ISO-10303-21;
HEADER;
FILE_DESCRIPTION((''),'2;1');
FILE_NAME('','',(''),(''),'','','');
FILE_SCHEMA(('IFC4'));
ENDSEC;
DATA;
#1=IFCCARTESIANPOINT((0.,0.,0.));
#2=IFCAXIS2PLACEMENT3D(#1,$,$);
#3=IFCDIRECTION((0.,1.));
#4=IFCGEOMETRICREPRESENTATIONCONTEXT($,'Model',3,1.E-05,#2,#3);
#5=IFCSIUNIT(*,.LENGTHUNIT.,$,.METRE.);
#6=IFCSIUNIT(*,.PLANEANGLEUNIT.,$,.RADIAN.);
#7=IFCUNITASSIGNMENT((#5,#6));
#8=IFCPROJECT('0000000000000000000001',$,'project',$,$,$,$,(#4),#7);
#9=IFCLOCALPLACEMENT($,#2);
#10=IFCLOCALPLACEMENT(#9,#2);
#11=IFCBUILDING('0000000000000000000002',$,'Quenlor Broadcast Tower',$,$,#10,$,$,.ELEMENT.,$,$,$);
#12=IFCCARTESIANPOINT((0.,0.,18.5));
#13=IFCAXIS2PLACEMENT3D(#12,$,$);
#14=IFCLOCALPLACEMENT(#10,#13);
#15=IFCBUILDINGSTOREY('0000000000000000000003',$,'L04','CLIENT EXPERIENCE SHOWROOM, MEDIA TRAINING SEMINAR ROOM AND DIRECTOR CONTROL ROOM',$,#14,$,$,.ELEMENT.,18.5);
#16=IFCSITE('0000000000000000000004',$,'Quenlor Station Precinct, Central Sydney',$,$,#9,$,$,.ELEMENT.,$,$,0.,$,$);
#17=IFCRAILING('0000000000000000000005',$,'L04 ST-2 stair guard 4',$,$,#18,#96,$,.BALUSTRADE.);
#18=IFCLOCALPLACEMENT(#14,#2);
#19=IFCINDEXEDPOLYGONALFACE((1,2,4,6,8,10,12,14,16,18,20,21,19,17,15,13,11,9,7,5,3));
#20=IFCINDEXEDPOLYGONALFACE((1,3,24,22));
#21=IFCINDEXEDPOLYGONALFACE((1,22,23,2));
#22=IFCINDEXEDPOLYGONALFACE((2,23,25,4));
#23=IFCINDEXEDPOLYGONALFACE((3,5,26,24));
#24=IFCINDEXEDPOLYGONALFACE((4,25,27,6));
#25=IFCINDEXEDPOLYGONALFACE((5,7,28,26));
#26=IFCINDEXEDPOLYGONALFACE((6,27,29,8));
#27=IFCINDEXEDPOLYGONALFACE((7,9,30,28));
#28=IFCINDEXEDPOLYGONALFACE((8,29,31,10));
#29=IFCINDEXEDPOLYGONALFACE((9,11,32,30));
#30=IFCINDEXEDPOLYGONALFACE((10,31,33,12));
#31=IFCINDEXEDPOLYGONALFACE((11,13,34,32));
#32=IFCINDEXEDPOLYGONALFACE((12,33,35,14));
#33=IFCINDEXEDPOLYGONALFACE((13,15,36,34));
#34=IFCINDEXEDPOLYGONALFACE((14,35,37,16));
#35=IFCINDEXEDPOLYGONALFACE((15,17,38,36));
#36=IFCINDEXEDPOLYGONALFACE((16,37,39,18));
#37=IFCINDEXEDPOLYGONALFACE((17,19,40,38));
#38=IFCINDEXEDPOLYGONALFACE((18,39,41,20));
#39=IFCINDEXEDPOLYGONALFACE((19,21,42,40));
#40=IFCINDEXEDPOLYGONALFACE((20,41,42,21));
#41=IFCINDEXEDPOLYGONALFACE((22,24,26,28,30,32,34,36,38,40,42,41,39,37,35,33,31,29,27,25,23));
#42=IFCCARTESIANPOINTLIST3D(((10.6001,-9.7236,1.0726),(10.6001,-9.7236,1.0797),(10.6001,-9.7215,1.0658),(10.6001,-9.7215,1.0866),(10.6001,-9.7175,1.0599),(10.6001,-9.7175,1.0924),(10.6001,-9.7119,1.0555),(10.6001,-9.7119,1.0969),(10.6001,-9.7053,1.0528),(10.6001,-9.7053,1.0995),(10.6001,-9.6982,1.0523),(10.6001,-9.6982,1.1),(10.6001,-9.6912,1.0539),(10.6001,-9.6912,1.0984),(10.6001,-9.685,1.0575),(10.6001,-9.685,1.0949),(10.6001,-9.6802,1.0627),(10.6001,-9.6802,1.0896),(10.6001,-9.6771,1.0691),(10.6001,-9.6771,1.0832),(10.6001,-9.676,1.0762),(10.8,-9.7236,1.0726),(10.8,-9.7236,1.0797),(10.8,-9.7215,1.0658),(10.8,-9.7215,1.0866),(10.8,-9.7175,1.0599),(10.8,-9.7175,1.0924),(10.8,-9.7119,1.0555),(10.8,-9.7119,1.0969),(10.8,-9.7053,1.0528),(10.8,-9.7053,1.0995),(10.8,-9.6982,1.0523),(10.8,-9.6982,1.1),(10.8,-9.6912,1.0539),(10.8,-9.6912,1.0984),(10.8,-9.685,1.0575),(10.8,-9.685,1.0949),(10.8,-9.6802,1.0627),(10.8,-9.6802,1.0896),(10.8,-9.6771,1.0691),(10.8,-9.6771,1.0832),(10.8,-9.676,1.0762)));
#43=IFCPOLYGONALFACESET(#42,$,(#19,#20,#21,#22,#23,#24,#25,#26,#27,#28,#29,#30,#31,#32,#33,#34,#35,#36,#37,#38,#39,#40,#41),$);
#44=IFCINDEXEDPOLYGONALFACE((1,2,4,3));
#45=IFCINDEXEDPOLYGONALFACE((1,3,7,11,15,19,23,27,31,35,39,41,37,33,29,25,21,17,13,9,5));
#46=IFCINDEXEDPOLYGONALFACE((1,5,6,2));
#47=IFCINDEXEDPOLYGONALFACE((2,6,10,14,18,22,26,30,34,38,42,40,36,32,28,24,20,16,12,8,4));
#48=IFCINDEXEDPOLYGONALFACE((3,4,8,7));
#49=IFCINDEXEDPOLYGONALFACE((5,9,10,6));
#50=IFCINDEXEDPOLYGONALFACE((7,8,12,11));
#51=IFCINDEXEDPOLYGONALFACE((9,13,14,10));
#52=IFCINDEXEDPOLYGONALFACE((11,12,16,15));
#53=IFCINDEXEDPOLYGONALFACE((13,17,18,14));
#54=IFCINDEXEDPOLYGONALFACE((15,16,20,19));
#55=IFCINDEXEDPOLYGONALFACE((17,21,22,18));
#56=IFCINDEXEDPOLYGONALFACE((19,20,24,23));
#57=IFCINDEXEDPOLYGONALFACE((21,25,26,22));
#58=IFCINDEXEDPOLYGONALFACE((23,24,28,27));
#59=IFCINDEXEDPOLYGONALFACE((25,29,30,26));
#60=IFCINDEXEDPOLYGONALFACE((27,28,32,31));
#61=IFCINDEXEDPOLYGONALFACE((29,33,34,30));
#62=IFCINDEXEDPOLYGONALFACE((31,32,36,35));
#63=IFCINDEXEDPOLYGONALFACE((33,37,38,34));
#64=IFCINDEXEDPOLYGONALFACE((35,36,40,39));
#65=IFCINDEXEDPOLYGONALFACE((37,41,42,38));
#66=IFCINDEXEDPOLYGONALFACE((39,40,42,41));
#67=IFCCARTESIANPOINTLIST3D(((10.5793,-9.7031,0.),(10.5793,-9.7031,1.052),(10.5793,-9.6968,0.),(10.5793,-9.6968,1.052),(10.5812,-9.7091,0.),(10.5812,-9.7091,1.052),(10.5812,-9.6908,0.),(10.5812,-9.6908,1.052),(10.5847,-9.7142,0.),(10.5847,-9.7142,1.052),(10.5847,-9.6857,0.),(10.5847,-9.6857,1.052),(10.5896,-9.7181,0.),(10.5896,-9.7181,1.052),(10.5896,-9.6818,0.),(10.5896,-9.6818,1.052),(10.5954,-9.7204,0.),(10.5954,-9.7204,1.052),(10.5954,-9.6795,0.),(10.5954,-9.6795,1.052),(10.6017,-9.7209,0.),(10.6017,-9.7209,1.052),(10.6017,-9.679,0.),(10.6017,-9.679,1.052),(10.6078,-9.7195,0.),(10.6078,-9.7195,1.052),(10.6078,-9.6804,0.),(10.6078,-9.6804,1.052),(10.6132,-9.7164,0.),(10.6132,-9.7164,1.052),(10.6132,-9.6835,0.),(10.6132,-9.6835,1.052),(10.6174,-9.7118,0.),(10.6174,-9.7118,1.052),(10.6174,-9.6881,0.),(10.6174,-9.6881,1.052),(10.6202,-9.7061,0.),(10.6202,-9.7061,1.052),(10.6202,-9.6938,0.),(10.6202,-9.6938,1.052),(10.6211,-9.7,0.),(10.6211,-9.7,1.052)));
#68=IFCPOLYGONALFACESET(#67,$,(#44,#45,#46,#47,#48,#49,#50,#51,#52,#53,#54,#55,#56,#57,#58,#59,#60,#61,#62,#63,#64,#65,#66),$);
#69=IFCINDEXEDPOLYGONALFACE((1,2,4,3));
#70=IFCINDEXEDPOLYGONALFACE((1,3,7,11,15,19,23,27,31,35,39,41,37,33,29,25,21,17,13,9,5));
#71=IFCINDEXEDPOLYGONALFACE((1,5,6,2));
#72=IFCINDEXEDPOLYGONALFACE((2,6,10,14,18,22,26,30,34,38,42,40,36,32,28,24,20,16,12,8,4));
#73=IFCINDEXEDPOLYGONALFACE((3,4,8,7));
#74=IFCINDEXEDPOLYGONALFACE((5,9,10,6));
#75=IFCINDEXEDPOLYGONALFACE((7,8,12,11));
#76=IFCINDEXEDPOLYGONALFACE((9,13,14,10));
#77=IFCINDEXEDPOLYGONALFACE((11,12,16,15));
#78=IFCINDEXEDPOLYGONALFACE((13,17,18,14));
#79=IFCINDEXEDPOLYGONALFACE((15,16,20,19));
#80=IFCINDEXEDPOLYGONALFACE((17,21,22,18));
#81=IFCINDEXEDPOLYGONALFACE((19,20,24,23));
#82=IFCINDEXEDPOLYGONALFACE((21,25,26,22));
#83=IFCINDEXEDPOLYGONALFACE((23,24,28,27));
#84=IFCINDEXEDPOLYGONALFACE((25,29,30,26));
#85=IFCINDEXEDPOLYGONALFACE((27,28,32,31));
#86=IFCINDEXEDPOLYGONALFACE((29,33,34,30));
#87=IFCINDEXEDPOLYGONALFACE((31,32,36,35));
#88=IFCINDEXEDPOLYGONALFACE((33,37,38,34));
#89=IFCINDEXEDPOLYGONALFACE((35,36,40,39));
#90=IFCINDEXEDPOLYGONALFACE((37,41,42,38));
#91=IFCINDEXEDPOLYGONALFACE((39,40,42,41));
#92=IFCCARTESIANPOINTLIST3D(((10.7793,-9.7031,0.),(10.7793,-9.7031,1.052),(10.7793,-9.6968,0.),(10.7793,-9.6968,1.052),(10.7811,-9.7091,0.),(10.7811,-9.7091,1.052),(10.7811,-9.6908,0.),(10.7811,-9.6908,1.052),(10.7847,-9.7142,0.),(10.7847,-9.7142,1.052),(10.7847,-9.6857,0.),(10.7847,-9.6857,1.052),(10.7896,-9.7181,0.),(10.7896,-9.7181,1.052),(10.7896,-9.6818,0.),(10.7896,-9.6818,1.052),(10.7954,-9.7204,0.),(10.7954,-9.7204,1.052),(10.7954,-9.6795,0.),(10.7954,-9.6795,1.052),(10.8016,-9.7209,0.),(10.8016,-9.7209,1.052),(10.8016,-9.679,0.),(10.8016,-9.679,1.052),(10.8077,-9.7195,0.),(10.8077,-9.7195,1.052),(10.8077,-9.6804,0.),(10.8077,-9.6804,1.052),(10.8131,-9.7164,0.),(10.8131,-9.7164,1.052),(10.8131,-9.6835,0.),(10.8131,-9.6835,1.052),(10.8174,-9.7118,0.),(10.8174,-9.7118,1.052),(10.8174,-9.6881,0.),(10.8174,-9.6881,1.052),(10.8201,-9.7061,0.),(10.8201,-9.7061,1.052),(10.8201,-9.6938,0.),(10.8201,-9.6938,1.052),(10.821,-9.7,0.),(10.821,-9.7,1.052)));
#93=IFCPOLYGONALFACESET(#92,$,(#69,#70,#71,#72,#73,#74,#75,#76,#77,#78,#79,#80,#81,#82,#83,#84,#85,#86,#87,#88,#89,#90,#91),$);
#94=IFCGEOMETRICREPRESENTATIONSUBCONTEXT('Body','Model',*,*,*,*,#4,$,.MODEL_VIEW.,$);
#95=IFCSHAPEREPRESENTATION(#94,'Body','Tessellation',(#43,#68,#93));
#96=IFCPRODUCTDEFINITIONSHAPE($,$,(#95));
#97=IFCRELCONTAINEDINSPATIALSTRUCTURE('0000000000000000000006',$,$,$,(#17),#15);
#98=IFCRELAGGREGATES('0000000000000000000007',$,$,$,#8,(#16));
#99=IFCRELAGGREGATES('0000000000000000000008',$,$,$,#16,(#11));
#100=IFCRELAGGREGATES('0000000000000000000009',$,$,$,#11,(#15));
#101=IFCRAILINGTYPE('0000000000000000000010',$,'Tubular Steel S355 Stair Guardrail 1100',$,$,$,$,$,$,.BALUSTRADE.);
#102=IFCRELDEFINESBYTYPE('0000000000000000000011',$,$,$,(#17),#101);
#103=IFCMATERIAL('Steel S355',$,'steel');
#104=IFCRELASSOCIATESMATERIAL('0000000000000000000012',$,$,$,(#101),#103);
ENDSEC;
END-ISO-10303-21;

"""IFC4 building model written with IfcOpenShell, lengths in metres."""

from ifc_helpers import new_model, si_unit, direction, frame, origin, origin_2d, place, context, subcontext, project, spatial, circle, extrude, material, type_object, element, save


model = new_model("IFC4")

# Units and contexts
model_context = context("Model", 3, precision=1e-05, world=origin(), true_north=direction((0.0, 1.0)))
body_context = subcontext(model_context, "Body", "Model", "MODEL_VIEW")
ifc_project = project(units=[si_unit("LENGTHUNIT", "METRE"), si_unit("PLANEANGLEUNIT", "RADIAN")], contexts=[model_context])

# Site, building, storey
site_placement = place(None, origin())
site = spatial("IfcSite", under=ifc_project, at=site_placement, Name="Quenlor Station Precinct, Central Sydney", CompositionType="ELEMENT", RefElevation=0.0)
building_placement = place(site_placement, origin())
building = spatial("IfcBuilding", under=site, at=building_placement, Name="Quenlor Broadcast Tower", CompositionType="ELEMENT")
storey_placement = place(building_placement, frame((0.0, 0.0, 18.5)))
storey = spatial("IfcBuildingStorey", under=building, at=storey_placement, Name="L04", Description="CLIENT EXPERIENCE SHOWROOM, MEDIA TRAINING SEMINAR ROOM AND DIRECTOR CONTROL ROOM", CompositionType="ELEMENT", Elevation=18.5)

# Railing
ifc_material_1 = material(Name="Steel S355", Category="steel")
railing_type_1 = type_object("IfcRailingType", Name="Tubular Steel S355 Stair Guardrail 1100", PredefinedType="BALUSTRADE", material=ifc_material_1)
railing_1_placement = place(storey_placement, frame((10.6001, -9.7, 0.0)))
element("IfcRailing", 1, at=railing_1_placement, inside=storey, type_object=railing_type_1, Name="L04 ST-2 stair guard 4", PredefinedType="BALUSTRADE", context=body_context, shape_type="SweptSolid", body=[
    extrude(circle(Radius=0.0239, at=origin_2d()), frame((0.0, 0.0, 1.0762), z_axis=(1.0, 0.0, 0.0), x_axis=(0.0, 1.0, 0.0)), (0.0, 0.0, 1.0), 0.2),
    extrude(circle(Radius=0.021, at=origin_2d()), origin(), (0.0, 0.0, 1.0), 1.052),
    extrude(circle(Radius=0.021, at=origin_2d()), frame((0.2, 0.0, 0.0)), (0.0, 0.0, 1.0), 1.052),
])

save(model, "model.ifc")
